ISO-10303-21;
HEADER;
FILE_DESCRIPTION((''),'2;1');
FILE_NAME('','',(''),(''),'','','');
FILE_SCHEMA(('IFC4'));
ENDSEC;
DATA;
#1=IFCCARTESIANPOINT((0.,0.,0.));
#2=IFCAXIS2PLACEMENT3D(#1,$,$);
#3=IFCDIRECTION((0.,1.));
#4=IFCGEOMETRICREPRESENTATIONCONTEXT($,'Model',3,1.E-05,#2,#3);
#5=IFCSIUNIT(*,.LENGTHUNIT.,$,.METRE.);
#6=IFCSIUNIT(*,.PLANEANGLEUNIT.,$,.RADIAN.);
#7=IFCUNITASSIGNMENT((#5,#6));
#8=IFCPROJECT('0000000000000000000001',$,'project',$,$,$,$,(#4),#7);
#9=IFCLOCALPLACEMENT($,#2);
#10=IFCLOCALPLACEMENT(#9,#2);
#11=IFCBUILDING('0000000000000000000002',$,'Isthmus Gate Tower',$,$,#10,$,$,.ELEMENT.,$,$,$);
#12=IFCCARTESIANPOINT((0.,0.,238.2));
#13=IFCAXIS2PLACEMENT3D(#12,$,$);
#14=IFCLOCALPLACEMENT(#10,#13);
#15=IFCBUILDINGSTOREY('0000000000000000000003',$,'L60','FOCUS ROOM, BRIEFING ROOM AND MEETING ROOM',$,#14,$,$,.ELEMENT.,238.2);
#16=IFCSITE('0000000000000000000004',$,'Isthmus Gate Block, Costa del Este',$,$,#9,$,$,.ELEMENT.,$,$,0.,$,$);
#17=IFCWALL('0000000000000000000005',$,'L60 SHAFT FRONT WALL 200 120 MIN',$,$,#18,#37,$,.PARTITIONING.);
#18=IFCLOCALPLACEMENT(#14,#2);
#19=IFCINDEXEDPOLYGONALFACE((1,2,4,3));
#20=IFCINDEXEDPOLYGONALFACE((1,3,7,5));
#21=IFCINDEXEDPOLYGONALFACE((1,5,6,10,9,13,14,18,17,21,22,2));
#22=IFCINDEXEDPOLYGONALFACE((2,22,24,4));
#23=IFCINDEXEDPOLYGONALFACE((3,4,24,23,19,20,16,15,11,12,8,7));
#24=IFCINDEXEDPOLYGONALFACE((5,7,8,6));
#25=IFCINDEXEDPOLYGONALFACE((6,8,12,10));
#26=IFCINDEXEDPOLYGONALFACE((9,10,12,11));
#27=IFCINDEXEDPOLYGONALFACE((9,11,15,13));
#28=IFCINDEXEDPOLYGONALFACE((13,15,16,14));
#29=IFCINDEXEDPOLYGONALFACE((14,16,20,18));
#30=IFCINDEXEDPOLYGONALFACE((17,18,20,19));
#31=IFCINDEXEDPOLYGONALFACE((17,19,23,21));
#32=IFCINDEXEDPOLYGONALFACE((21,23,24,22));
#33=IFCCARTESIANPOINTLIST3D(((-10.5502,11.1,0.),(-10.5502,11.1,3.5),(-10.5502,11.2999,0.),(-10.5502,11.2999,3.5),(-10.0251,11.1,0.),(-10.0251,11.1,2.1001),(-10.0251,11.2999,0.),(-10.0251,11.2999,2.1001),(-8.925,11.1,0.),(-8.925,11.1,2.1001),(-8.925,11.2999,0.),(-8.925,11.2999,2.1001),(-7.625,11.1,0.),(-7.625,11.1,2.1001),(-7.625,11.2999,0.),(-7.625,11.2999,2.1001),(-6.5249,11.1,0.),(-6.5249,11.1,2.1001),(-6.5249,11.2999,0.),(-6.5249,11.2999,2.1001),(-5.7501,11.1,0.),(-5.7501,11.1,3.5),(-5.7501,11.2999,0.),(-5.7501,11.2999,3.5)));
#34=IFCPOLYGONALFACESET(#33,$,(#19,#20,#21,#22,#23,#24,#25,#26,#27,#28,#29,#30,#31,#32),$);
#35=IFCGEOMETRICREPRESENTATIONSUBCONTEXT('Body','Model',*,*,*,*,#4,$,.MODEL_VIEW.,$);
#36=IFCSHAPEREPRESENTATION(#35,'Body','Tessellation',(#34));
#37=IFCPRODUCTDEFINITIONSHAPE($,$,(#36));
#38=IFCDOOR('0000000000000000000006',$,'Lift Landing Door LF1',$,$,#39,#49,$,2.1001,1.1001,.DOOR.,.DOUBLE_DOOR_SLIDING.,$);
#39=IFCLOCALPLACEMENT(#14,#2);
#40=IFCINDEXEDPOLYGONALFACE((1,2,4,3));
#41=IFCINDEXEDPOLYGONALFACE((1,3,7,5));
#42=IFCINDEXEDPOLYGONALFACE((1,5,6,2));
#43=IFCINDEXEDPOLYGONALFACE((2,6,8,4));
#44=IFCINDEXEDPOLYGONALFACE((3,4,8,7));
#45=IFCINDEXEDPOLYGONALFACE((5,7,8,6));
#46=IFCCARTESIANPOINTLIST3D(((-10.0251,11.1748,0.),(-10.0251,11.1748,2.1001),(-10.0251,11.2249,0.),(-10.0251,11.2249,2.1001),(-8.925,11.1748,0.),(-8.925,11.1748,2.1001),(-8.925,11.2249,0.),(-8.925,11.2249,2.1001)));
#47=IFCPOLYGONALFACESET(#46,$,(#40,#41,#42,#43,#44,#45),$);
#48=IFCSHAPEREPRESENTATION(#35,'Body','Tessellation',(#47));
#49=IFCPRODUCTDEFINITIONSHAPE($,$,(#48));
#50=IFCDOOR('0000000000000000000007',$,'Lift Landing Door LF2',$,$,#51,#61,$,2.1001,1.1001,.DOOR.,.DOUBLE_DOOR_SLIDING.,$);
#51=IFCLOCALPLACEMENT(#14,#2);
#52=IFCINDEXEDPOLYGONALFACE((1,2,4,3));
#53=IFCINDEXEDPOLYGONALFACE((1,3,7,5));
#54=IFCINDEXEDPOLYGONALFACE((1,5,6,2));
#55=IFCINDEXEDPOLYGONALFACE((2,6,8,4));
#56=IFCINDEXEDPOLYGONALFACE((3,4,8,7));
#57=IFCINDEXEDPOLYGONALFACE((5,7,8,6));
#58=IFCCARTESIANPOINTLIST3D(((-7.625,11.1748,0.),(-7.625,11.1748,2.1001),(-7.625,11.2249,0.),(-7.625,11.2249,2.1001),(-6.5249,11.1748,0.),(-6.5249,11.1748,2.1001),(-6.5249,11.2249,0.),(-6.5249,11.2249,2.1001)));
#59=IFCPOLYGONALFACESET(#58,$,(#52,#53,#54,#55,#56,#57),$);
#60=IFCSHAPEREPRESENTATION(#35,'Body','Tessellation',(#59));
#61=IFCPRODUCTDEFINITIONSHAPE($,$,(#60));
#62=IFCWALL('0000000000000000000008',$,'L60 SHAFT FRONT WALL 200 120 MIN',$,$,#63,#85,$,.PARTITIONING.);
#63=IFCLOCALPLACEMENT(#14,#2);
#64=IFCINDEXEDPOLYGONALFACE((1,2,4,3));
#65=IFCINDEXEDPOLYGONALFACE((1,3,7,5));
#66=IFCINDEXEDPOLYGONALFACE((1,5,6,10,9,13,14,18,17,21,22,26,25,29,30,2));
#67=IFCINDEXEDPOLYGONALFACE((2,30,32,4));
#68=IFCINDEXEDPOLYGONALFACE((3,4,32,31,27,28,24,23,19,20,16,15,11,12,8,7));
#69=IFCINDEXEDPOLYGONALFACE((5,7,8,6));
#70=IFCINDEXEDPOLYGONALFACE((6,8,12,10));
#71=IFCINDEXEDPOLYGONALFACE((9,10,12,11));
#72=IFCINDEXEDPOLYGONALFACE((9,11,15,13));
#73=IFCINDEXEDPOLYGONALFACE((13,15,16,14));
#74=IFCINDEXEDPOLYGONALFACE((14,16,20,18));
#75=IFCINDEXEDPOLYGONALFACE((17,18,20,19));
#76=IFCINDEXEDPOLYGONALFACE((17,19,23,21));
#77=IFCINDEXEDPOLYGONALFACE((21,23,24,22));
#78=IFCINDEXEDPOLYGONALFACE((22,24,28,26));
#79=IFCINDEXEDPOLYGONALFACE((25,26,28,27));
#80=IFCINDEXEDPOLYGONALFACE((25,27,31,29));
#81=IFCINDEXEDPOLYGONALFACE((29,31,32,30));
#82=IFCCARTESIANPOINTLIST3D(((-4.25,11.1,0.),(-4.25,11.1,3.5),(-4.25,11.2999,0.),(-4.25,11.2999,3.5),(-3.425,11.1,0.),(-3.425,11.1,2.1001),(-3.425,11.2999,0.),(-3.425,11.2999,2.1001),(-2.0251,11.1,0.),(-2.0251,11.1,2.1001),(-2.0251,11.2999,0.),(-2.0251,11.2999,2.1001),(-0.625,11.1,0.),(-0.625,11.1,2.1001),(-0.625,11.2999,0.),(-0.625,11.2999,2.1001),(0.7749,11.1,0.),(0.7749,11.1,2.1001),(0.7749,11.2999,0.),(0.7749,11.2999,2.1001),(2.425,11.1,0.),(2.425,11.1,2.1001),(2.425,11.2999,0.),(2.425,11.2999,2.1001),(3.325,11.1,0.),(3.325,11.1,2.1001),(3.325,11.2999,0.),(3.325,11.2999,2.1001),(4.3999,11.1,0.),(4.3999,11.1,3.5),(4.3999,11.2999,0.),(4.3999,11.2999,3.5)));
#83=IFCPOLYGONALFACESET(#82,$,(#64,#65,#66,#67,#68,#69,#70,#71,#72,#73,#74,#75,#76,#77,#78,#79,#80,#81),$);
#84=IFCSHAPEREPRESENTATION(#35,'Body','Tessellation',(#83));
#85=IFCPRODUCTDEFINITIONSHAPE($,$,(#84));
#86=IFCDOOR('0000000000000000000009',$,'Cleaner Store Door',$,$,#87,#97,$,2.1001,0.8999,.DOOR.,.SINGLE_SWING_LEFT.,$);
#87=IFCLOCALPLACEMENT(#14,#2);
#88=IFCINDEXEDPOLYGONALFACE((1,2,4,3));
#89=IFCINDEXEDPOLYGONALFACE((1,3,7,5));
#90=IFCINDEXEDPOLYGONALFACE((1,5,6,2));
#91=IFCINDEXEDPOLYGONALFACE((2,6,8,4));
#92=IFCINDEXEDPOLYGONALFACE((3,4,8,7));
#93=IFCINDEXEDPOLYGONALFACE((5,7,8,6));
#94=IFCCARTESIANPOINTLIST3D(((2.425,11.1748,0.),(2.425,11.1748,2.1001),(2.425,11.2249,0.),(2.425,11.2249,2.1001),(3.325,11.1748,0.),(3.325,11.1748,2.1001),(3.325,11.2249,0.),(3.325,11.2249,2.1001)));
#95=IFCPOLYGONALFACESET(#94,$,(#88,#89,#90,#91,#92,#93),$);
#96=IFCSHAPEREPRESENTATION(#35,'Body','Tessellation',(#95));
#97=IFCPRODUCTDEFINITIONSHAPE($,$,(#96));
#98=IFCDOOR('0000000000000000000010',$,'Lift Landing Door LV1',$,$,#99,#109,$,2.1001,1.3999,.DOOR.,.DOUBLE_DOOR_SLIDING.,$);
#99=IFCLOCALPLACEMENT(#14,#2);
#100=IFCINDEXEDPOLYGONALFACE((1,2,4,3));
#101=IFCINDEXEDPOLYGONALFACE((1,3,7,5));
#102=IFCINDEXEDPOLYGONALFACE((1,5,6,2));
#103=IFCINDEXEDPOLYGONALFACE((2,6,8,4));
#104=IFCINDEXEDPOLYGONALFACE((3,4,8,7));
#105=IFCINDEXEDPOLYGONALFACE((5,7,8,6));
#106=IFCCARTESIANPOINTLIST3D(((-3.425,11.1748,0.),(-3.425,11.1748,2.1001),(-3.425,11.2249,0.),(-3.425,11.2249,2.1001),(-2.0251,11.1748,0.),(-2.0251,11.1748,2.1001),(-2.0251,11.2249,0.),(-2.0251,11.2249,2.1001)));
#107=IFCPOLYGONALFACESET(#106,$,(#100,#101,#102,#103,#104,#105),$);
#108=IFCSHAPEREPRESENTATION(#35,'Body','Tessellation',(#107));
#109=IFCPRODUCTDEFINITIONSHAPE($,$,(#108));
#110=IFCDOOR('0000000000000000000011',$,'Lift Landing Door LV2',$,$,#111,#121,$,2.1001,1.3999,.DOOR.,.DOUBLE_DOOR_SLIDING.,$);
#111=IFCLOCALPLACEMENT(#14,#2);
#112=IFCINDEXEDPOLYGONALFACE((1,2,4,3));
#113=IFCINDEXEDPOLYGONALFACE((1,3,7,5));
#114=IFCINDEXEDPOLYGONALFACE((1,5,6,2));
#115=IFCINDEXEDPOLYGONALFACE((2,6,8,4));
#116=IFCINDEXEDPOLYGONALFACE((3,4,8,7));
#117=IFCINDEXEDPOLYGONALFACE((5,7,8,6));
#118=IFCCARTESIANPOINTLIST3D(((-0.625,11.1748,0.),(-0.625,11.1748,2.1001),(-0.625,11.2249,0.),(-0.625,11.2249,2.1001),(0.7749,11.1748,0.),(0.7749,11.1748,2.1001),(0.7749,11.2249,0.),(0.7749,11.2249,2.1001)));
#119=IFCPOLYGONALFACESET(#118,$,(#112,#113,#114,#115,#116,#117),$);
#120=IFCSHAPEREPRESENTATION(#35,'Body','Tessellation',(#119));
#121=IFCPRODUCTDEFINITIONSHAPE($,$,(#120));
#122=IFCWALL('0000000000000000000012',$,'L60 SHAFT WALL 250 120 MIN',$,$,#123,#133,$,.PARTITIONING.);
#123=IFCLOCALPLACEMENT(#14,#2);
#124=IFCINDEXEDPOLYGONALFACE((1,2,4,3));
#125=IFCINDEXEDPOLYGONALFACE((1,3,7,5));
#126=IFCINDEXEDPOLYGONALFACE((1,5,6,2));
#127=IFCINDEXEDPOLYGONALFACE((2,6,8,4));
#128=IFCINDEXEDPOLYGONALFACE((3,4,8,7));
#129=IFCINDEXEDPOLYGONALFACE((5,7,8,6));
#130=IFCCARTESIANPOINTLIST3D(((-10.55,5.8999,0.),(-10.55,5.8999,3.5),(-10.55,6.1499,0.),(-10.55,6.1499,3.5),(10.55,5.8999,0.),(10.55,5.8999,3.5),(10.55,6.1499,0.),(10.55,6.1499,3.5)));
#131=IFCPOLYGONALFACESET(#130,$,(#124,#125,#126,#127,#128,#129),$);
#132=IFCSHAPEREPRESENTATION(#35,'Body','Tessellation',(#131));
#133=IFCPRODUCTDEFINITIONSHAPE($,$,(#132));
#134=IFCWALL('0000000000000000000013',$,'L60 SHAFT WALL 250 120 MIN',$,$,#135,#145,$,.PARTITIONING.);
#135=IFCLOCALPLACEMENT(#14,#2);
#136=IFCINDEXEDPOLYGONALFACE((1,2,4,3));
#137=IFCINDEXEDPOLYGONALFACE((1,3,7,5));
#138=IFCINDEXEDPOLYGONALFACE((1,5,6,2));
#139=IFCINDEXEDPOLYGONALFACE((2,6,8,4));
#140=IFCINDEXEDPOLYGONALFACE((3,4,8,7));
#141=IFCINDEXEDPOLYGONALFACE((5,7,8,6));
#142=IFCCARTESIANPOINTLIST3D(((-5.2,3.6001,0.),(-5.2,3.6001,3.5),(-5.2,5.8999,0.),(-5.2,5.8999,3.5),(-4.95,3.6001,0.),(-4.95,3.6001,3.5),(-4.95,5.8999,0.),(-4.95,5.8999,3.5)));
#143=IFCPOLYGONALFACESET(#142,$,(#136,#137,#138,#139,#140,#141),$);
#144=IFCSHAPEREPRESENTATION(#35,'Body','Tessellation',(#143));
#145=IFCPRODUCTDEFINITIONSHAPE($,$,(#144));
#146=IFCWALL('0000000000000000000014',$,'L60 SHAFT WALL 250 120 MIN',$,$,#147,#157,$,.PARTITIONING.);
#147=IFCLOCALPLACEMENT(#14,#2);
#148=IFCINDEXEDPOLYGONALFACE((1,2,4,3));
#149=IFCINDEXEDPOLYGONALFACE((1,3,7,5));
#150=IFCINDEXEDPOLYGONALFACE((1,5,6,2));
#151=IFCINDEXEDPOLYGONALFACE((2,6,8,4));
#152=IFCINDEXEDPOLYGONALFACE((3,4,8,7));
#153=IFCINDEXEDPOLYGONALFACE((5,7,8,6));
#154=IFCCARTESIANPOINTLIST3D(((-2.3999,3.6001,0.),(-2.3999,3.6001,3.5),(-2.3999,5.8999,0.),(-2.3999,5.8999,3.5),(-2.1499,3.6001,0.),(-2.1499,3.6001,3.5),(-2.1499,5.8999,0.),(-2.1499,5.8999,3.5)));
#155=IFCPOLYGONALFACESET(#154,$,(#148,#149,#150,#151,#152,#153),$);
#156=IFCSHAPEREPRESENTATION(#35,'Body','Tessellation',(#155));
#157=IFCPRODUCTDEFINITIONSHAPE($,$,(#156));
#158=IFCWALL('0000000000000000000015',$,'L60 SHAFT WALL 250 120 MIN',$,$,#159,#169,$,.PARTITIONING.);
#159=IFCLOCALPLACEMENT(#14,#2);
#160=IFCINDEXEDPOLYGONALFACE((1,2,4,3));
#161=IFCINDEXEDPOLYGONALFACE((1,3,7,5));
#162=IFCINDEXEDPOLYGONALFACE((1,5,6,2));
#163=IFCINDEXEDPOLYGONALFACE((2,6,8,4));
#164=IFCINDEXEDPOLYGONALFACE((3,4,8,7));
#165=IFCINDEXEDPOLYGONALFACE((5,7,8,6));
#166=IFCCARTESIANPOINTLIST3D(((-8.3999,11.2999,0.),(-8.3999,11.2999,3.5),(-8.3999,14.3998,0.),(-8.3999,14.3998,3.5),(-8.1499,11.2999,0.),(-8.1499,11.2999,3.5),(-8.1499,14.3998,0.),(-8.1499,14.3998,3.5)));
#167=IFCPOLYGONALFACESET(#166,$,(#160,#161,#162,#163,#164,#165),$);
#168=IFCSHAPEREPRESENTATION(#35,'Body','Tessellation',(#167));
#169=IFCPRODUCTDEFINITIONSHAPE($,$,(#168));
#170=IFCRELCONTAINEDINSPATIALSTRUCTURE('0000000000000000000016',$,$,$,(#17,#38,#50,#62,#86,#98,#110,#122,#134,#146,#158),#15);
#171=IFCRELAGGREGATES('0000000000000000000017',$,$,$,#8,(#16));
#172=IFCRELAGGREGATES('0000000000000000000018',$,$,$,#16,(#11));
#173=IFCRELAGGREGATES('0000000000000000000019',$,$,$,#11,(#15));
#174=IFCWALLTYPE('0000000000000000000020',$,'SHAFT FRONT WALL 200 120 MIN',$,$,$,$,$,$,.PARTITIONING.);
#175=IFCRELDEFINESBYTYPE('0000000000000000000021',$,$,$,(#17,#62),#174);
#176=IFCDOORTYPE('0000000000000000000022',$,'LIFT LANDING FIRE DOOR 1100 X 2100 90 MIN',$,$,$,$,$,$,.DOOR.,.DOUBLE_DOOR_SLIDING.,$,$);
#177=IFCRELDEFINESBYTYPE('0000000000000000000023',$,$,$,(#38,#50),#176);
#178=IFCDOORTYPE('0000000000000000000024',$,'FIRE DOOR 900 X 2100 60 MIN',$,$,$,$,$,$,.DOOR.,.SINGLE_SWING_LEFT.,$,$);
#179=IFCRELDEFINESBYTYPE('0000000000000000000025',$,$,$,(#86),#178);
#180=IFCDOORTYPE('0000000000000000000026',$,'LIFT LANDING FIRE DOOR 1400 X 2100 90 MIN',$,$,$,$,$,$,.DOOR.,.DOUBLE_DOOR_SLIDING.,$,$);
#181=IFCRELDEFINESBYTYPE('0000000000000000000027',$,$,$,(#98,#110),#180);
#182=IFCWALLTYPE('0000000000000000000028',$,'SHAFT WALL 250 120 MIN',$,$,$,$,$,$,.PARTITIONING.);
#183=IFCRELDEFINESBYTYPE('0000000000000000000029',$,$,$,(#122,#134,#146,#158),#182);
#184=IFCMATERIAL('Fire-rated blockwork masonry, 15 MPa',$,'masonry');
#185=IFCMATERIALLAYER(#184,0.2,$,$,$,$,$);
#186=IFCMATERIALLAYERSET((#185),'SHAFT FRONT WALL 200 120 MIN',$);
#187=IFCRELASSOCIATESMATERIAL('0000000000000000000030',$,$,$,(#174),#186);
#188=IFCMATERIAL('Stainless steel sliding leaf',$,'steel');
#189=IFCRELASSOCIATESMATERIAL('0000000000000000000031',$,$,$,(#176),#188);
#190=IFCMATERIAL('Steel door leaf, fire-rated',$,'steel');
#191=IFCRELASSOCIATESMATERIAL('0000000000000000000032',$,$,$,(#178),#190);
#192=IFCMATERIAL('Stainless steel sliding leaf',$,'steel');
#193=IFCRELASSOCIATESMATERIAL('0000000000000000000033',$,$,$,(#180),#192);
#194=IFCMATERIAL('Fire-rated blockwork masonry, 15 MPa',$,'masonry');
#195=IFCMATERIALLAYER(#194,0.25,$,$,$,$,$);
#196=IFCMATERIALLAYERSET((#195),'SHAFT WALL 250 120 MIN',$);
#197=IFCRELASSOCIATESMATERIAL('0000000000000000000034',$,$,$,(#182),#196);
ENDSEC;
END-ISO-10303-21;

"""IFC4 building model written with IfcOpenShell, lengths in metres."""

from ifc_helpers import new_model, si_unit, direction, frame, frame_2d, origin, place, context, subcontext, project, spatial, rectangle, extrude, material, layer, layer_set, type_object, element, fill, save


model = new_model("IFC4")

# Units and contexts
model_context = context("Model", 3, precision=1e-05, world=origin(), true_north=direction((0.0, 1.0)))
body_context = subcontext(model_context, "Body", "Model", "MODEL_VIEW")
ifc_project = project(units=[si_unit("LENGTHUNIT", "METRE"), si_unit("PLANEANGLEUNIT", "RADIAN")], contexts=[model_context])

# Site, building, storey
site_placement = place(None, origin())
site = spatial("IfcSite", under=ifc_project, at=site_placement, Name="Isthmus Gate Block, Costa del Este", CompositionType="ELEMENT", RefElevation=0.0)
building_placement = place(site_placement, origin())
building = spatial("IfcBuilding", under=site, at=building_placement, Name="Isthmus Gate Tower", CompositionType="ELEMENT")
storey_placement = place(building_placement, frame((0.0, 0.0, 238.2)))
storey = spatial("IfcBuildingStorey", under=building, at=storey_placement, Name="L60", Description="FOCUS ROOM, BRIEFING ROOM AND MEETING ROOM", CompositionType="ELEMENT", Elevation=238.2)

# Walls, openings, doors
ifc_material_1 = material(Name="Fire-rated blockwork masonry, 15 MPa", Category="masonry")
ifc_layer_1 = layer(ifc_material_1, 0.2)
ifc_layer_set_1 = layer_set([ifc_layer_1], Name="SHAFT FRONT WALL 200 120 MIN")
wall_type_1 = type_object("IfcWallType", Name="SHAFT FRONT WALL 200 120 MIN", PredefinedType="PARTITIONING", material=ifc_layer_set_1)
wall_1_placement = place(storey_placement, frame((-10.55, 11.2, 0.0), z_axis=(0.0, 0.0, 1.0), x_axis=(1.0, 0.0, 0.0)))
wall_1 = element("IfcWall", 1, at=wall_1_placement, inside=storey, type_object=wall_type_1, Name="L60 SHAFT FRONT WALL 200 120 MIN", PredefinedType="PARTITIONING", context=body_context, shape_type="SweptSolid", body=[
    extrude(rectangle(XDim=4.8, YDim=0.2, at=frame_2d((2.3999, 0.0))), origin(), (0.0, 0.0, 1.0), 3.5),
])
opening_1_placement = place(wall_1_placement, frame((0.5249, 0.0, 0.0)))
opening_1 = element("IfcOpeningElement", 2, at=opening_1_placement, cuts=wall_1, PredefinedType="OPENING", context=body_context, shape_type="SweptSolid", body=[
    extrude(rectangle(XDim=1.1001, YDim=2.1001, at=frame_2d((0.55, 1.05))), frame((0.0, 0.1099, 0.0), z_axis=(0.0, -1.0, 0.0), x_axis=(1.0, 0.0, 0.0)), (0.0, 0.0, 1.0), 0.22),
])
opening_2_placement = place(wall_1_placement, frame((2.925, 0.0, 0.0)))
opening_2 = element("IfcOpeningElement", 3, at=opening_2_placement, cuts=wall_1, PredefinedType="OPENING", context=body_context, shape_type="SweptSolid", body=[
    extrude(rectangle(XDim=1.1001, YDim=2.1001, at=frame_2d((0.55, 1.05))), frame((0.0, 0.1099, 0.0), z_axis=(0.0, -1.0, 0.0), x_axis=(1.0, 0.0, 0.0)), (0.0, 0.0, 1.0), 0.22),
])
ifc_material_2 = material(Name="Stainless steel sliding leaf", Category="steel")
door_type_1 = type_object("IfcDoorType", Name="LIFT LANDING FIRE DOOR 1100 X 2100 90 MIN", OperationType="DOUBLE_DOOR_SLIDING", PredefinedType="DOOR", material=ifc_material_2)
door_1_placement = place(opening_1_placement, origin())
door_1 = element("IfcDoor", 4, at=door_1_placement, inside=storey, type_object=door_type_1, Name="Lift Landing Door LF1", OperationType="DOUBLE_DOOR_SLIDING", OverallHeight=2.1001, OverallWidth=1.1001, PredefinedType="DOOR", context=body_context, shape_type="SweptSolid", body=[
    extrude(rectangle(XDim=1.1001, YDim=2.1001, at=frame_2d((0.55, 1.05))), frame((0.0, 0.0249, 0.0), z_axis=(0.0, -1.0, 0.0), x_axis=(1.0, 0.0, 0.0)), (0.0, 0.0, 1.0), 0.05),
])
fill(opening_1, door_1)
door_2_placement = place(opening_2_placement, origin())
door_2 = element("IfcDoor", 5, at=door_2_placement, inside=storey, type_object=door_type_1, Name="Lift Landing Door LF2", OperationType="DOUBLE_DOOR_SLIDING", OverallHeight=2.1001, OverallWidth=1.1001, PredefinedType="DOOR", context=body_context, shape_type="SweptSolid", body=[
    extrude(rectangle(XDim=1.1001, YDim=2.1001, at=frame_2d((0.55, 1.05))), frame((0.0, 0.0249, 0.0), z_axis=(0.0, -1.0, 0.0), x_axis=(1.0, 0.0, 0.0)), (0.0, 0.0, 1.0), 0.05),
])
fill(opening_2, door_2)
wall_2_placement = place(storey_placement, frame((-4.25, 11.2, 0.0), z_axis=(0.0, 0.0, 1.0), x_axis=(1.0, 0.0, 0.0)))
wall_2 = element("IfcWall", 6, at=wall_2_placement, inside=storey, type_object=wall_type_1, Name="L60 SHAFT FRONT WALL 200 120 MIN", PredefinedType="PARTITIONING", context=body_context, shape_type="SweptSolid", body=[
    extrude(rectangle(XDim=8.6499, YDim=0.2, at=frame_2d((4.325, 0.0))), origin(), (0.0, 0.0, 1.0), 3.5),
])
opening_3_placement = place(wall_2_placement, frame((0.825, 0.0, 0.0)))
opening_3 = element("IfcOpeningElement", 7, at=opening_3_placement, cuts=wall_2, PredefinedType="OPENING", context=body_context, shape_type="SweptSolid", body=[
    extrude(rectangle(XDim=1.3999, YDim=2.1001, at=frame_2d((0.7, 1.05))), frame((0.0, 0.1099, 0.0), z_axis=(0.0, -1.0, 0.0), x_axis=(1.0, 0.0, 0.0)), (0.0, 0.0, 1.0), 0.22),
])
opening_4_placement = place(wall_2_placement, frame((3.625, 0.0, 0.0)))
opening_4 = element("IfcOpeningElement", 8, at=opening_4_placement, cuts=wall_2, PredefinedType="OPENING", context=body_context, shape_type="SweptSolid", body=[
    extrude(rectangle(XDim=1.3999, YDim=2.1001, at=frame_2d((0.7, 1.05))), frame((0.0, 0.1099, 0.0), z_axis=(0.0, -1.0, 0.0), x_axis=(1.0, 0.0, 0.0)), (0.0, 0.0, 1.0), 0.22),
])
opening_5_placement = place(wall_2_placement, frame((6.675, 0.0, 0.0)))
opening_5 = element("IfcOpeningElement", 9, at=opening_5_placement, cuts=wall_2, PredefinedType="OPENING", context=body_context, shape_type="SweptSolid", body=[
    extrude(rectangle(XDim=0.8999, YDim=2.1001, at=frame_2d((0.45, 1.05))), frame((0.0, 0.1099, 0.0), z_axis=(0.0, -1.0, 0.0), x_axis=(1.0, 0.0, 0.0)), (0.0, 0.0, 1.0), 0.22),
])
ifc_material_3 = material(Name="Steel door leaf, fire-rated", Category="steel")
door_type_2 = type_object("IfcDoorType", Name="FIRE DOOR 900 X 2100 60 MIN", OperationType="SINGLE_SWING_LEFT", PredefinedType="DOOR", material=ifc_material_3)
door_3_placement = place(opening_5_placement, origin())
door_3 = element("IfcDoor", 10, at=door_3_placement, inside=storey, type_object=door_type_2, Name="Cleaner Store Door", OperationType="SINGLE_SWING_LEFT", OverallHeight=2.1001, OverallWidth=0.8999, PredefinedType="DOOR", context=body_context, shape_type="SweptSolid", body=[
    extrude(rectangle(XDim=0.8999, YDim=2.1001, at=frame_2d((0.45, 1.05))), frame((0.0, 0.0249, 0.0), z_axis=(0.0, -1.0, 0.0), x_axis=(1.0, 0.0, 0.0)), (0.0, 0.0, 1.0), 0.05),
])
fill(opening_5, door_3)
ifc_material_4 = material(Name="Stainless steel sliding leaf", Category="steel")
door_type_3 = type_object("IfcDoorType", Name="LIFT LANDING FIRE DOOR 1400 X 2100 90 MIN", OperationType="DOUBLE_DOOR_SLIDING", PredefinedType="DOOR", material=ifc_material_4)
door_4_placement = place(opening_3_placement, origin())
door_4 = element("IfcDoor", 11, at=door_4_placement, inside=storey, type_object=door_type_3, Name="Lift Landing Door LV1", OperationType="DOUBLE_DOOR_SLIDING", OverallHeight=2.1001, OverallWidth=1.3999, PredefinedType="DOOR", context=body_context, shape_type="SweptSolid", body=[
    extrude(rectangle(XDim=1.3999, YDim=2.1001, at=frame_2d((0.7, 1.05))), frame((0.0, 0.0249, 0.0), z_axis=(0.0, -1.0, 0.0), x_axis=(1.0, 0.0, 0.0)), (0.0, 0.0, 1.0), 0.05),
])
fill(opening_3, door_4)
door_5_placement = place(opening_4_placement, origin())
door_5 = element("IfcDoor", 12, at=door_5_placement, inside=storey, type_object=door_type_3, Name="Lift Landing Door LV2", OperationType="DOUBLE_DOOR_SLIDING", OverallHeight=2.1001, OverallWidth=1.3999, PredefinedType="DOOR", context=body_context, shape_type="SweptSolid", body=[
    extrude(rectangle(XDim=1.3999, YDim=2.1001, at=frame_2d((0.7, 1.05))), frame((0.0, 0.0249, 0.0), z_axis=(0.0, -1.0, 0.0), x_axis=(1.0, 0.0, 0.0)), (0.0, 0.0, 1.0), 0.05),
])
fill(opening_4, door_5)

# Walls
ifc_material_5 = material(Name="Fire-rated blockwork masonry, 15 MPa", Category="masonry")
ifc_layer_2 = layer(ifc_material_5, 0.25)
ifc_layer_set_2 = layer_set([ifc_layer_2], Name="SHAFT WALL 250 120 MIN")
wall_type_2 = type_object("IfcWallType", Name="SHAFT WALL 250 120 MIN", PredefinedType="PARTITIONING", material=ifc_layer_set_2)
wall_3_placement = place(storey_placement, frame((-10.55, 6.0249, 0.0), z_axis=(0.0, 0.0, 1.0), x_axis=(1.0, 0.0, 0.0)))
element("IfcWall", 13, at=wall_3_placement, inside=storey, type_object=wall_type_2, Name="L60 SHAFT WALL 250 120 MIN", PredefinedType="PARTITIONING", context=body_context, shape_type="SweptSolid", body=[
    extrude(rectangle(XDim=21.1001, YDim=0.25, at=frame_2d((10.55, 0.0))), origin(), (0.0, 0.0, 1.0), 3.5),
])
for number, where, z_axis, x_axis, name in (
    (14, (-5.075, 3.6001, 0.0), (0.0, 0.0, 1.0), (0.0, 1.0, 0.0), "L60 SHAFT WALL 250 120 MIN"),
    (15, (-2.2749, 3.6001, 0.0), (0.0, 0.0, 1.0), (0.0, 1.0, 0.0), "L60 SHAFT WALL 250 120 MIN"),
):
    element("IfcWall", number, at=place(storey_placement, frame(where, z_axis=z_axis, x_axis=x_axis)), inside=storey, type_object=wall_type_2, Name=name, PredefinedType="PARTITIONING", context=body_context, shape_type="SweptSolid", body=[
        extrude(rectangle(XDim=2.2998, YDim=0.25, at=frame_2d((1.1499, 0.0))), origin(), (0.0, 0.0, 1.0), 3.5),
    ])
for number, where, z_axis, x_axis, name in (
    (16, (-8.2749, 11.3, 0.0), (0.0, 0.0, 1.0), (0.0, 1.0, 0.0), "L60 SHAFT WALL 250 120 MIN"),
):
    element("IfcWall", number, at=place(storey_placement, frame(where, z_axis=z_axis, x_axis=x_axis)), inside=storey, type_object=wall_type_2, Name=name, PredefinedType="PARTITIONING", context=body_context, shape_type="SweptSolid", body=[
        extrude(rectangle(XDim=3.0999, YDim=0.25, at=frame_2d((1.5498, 0.0))), origin(), (0.0, 0.0, 1.0), 3.5),
    ])

save(model, "model.ifc")
